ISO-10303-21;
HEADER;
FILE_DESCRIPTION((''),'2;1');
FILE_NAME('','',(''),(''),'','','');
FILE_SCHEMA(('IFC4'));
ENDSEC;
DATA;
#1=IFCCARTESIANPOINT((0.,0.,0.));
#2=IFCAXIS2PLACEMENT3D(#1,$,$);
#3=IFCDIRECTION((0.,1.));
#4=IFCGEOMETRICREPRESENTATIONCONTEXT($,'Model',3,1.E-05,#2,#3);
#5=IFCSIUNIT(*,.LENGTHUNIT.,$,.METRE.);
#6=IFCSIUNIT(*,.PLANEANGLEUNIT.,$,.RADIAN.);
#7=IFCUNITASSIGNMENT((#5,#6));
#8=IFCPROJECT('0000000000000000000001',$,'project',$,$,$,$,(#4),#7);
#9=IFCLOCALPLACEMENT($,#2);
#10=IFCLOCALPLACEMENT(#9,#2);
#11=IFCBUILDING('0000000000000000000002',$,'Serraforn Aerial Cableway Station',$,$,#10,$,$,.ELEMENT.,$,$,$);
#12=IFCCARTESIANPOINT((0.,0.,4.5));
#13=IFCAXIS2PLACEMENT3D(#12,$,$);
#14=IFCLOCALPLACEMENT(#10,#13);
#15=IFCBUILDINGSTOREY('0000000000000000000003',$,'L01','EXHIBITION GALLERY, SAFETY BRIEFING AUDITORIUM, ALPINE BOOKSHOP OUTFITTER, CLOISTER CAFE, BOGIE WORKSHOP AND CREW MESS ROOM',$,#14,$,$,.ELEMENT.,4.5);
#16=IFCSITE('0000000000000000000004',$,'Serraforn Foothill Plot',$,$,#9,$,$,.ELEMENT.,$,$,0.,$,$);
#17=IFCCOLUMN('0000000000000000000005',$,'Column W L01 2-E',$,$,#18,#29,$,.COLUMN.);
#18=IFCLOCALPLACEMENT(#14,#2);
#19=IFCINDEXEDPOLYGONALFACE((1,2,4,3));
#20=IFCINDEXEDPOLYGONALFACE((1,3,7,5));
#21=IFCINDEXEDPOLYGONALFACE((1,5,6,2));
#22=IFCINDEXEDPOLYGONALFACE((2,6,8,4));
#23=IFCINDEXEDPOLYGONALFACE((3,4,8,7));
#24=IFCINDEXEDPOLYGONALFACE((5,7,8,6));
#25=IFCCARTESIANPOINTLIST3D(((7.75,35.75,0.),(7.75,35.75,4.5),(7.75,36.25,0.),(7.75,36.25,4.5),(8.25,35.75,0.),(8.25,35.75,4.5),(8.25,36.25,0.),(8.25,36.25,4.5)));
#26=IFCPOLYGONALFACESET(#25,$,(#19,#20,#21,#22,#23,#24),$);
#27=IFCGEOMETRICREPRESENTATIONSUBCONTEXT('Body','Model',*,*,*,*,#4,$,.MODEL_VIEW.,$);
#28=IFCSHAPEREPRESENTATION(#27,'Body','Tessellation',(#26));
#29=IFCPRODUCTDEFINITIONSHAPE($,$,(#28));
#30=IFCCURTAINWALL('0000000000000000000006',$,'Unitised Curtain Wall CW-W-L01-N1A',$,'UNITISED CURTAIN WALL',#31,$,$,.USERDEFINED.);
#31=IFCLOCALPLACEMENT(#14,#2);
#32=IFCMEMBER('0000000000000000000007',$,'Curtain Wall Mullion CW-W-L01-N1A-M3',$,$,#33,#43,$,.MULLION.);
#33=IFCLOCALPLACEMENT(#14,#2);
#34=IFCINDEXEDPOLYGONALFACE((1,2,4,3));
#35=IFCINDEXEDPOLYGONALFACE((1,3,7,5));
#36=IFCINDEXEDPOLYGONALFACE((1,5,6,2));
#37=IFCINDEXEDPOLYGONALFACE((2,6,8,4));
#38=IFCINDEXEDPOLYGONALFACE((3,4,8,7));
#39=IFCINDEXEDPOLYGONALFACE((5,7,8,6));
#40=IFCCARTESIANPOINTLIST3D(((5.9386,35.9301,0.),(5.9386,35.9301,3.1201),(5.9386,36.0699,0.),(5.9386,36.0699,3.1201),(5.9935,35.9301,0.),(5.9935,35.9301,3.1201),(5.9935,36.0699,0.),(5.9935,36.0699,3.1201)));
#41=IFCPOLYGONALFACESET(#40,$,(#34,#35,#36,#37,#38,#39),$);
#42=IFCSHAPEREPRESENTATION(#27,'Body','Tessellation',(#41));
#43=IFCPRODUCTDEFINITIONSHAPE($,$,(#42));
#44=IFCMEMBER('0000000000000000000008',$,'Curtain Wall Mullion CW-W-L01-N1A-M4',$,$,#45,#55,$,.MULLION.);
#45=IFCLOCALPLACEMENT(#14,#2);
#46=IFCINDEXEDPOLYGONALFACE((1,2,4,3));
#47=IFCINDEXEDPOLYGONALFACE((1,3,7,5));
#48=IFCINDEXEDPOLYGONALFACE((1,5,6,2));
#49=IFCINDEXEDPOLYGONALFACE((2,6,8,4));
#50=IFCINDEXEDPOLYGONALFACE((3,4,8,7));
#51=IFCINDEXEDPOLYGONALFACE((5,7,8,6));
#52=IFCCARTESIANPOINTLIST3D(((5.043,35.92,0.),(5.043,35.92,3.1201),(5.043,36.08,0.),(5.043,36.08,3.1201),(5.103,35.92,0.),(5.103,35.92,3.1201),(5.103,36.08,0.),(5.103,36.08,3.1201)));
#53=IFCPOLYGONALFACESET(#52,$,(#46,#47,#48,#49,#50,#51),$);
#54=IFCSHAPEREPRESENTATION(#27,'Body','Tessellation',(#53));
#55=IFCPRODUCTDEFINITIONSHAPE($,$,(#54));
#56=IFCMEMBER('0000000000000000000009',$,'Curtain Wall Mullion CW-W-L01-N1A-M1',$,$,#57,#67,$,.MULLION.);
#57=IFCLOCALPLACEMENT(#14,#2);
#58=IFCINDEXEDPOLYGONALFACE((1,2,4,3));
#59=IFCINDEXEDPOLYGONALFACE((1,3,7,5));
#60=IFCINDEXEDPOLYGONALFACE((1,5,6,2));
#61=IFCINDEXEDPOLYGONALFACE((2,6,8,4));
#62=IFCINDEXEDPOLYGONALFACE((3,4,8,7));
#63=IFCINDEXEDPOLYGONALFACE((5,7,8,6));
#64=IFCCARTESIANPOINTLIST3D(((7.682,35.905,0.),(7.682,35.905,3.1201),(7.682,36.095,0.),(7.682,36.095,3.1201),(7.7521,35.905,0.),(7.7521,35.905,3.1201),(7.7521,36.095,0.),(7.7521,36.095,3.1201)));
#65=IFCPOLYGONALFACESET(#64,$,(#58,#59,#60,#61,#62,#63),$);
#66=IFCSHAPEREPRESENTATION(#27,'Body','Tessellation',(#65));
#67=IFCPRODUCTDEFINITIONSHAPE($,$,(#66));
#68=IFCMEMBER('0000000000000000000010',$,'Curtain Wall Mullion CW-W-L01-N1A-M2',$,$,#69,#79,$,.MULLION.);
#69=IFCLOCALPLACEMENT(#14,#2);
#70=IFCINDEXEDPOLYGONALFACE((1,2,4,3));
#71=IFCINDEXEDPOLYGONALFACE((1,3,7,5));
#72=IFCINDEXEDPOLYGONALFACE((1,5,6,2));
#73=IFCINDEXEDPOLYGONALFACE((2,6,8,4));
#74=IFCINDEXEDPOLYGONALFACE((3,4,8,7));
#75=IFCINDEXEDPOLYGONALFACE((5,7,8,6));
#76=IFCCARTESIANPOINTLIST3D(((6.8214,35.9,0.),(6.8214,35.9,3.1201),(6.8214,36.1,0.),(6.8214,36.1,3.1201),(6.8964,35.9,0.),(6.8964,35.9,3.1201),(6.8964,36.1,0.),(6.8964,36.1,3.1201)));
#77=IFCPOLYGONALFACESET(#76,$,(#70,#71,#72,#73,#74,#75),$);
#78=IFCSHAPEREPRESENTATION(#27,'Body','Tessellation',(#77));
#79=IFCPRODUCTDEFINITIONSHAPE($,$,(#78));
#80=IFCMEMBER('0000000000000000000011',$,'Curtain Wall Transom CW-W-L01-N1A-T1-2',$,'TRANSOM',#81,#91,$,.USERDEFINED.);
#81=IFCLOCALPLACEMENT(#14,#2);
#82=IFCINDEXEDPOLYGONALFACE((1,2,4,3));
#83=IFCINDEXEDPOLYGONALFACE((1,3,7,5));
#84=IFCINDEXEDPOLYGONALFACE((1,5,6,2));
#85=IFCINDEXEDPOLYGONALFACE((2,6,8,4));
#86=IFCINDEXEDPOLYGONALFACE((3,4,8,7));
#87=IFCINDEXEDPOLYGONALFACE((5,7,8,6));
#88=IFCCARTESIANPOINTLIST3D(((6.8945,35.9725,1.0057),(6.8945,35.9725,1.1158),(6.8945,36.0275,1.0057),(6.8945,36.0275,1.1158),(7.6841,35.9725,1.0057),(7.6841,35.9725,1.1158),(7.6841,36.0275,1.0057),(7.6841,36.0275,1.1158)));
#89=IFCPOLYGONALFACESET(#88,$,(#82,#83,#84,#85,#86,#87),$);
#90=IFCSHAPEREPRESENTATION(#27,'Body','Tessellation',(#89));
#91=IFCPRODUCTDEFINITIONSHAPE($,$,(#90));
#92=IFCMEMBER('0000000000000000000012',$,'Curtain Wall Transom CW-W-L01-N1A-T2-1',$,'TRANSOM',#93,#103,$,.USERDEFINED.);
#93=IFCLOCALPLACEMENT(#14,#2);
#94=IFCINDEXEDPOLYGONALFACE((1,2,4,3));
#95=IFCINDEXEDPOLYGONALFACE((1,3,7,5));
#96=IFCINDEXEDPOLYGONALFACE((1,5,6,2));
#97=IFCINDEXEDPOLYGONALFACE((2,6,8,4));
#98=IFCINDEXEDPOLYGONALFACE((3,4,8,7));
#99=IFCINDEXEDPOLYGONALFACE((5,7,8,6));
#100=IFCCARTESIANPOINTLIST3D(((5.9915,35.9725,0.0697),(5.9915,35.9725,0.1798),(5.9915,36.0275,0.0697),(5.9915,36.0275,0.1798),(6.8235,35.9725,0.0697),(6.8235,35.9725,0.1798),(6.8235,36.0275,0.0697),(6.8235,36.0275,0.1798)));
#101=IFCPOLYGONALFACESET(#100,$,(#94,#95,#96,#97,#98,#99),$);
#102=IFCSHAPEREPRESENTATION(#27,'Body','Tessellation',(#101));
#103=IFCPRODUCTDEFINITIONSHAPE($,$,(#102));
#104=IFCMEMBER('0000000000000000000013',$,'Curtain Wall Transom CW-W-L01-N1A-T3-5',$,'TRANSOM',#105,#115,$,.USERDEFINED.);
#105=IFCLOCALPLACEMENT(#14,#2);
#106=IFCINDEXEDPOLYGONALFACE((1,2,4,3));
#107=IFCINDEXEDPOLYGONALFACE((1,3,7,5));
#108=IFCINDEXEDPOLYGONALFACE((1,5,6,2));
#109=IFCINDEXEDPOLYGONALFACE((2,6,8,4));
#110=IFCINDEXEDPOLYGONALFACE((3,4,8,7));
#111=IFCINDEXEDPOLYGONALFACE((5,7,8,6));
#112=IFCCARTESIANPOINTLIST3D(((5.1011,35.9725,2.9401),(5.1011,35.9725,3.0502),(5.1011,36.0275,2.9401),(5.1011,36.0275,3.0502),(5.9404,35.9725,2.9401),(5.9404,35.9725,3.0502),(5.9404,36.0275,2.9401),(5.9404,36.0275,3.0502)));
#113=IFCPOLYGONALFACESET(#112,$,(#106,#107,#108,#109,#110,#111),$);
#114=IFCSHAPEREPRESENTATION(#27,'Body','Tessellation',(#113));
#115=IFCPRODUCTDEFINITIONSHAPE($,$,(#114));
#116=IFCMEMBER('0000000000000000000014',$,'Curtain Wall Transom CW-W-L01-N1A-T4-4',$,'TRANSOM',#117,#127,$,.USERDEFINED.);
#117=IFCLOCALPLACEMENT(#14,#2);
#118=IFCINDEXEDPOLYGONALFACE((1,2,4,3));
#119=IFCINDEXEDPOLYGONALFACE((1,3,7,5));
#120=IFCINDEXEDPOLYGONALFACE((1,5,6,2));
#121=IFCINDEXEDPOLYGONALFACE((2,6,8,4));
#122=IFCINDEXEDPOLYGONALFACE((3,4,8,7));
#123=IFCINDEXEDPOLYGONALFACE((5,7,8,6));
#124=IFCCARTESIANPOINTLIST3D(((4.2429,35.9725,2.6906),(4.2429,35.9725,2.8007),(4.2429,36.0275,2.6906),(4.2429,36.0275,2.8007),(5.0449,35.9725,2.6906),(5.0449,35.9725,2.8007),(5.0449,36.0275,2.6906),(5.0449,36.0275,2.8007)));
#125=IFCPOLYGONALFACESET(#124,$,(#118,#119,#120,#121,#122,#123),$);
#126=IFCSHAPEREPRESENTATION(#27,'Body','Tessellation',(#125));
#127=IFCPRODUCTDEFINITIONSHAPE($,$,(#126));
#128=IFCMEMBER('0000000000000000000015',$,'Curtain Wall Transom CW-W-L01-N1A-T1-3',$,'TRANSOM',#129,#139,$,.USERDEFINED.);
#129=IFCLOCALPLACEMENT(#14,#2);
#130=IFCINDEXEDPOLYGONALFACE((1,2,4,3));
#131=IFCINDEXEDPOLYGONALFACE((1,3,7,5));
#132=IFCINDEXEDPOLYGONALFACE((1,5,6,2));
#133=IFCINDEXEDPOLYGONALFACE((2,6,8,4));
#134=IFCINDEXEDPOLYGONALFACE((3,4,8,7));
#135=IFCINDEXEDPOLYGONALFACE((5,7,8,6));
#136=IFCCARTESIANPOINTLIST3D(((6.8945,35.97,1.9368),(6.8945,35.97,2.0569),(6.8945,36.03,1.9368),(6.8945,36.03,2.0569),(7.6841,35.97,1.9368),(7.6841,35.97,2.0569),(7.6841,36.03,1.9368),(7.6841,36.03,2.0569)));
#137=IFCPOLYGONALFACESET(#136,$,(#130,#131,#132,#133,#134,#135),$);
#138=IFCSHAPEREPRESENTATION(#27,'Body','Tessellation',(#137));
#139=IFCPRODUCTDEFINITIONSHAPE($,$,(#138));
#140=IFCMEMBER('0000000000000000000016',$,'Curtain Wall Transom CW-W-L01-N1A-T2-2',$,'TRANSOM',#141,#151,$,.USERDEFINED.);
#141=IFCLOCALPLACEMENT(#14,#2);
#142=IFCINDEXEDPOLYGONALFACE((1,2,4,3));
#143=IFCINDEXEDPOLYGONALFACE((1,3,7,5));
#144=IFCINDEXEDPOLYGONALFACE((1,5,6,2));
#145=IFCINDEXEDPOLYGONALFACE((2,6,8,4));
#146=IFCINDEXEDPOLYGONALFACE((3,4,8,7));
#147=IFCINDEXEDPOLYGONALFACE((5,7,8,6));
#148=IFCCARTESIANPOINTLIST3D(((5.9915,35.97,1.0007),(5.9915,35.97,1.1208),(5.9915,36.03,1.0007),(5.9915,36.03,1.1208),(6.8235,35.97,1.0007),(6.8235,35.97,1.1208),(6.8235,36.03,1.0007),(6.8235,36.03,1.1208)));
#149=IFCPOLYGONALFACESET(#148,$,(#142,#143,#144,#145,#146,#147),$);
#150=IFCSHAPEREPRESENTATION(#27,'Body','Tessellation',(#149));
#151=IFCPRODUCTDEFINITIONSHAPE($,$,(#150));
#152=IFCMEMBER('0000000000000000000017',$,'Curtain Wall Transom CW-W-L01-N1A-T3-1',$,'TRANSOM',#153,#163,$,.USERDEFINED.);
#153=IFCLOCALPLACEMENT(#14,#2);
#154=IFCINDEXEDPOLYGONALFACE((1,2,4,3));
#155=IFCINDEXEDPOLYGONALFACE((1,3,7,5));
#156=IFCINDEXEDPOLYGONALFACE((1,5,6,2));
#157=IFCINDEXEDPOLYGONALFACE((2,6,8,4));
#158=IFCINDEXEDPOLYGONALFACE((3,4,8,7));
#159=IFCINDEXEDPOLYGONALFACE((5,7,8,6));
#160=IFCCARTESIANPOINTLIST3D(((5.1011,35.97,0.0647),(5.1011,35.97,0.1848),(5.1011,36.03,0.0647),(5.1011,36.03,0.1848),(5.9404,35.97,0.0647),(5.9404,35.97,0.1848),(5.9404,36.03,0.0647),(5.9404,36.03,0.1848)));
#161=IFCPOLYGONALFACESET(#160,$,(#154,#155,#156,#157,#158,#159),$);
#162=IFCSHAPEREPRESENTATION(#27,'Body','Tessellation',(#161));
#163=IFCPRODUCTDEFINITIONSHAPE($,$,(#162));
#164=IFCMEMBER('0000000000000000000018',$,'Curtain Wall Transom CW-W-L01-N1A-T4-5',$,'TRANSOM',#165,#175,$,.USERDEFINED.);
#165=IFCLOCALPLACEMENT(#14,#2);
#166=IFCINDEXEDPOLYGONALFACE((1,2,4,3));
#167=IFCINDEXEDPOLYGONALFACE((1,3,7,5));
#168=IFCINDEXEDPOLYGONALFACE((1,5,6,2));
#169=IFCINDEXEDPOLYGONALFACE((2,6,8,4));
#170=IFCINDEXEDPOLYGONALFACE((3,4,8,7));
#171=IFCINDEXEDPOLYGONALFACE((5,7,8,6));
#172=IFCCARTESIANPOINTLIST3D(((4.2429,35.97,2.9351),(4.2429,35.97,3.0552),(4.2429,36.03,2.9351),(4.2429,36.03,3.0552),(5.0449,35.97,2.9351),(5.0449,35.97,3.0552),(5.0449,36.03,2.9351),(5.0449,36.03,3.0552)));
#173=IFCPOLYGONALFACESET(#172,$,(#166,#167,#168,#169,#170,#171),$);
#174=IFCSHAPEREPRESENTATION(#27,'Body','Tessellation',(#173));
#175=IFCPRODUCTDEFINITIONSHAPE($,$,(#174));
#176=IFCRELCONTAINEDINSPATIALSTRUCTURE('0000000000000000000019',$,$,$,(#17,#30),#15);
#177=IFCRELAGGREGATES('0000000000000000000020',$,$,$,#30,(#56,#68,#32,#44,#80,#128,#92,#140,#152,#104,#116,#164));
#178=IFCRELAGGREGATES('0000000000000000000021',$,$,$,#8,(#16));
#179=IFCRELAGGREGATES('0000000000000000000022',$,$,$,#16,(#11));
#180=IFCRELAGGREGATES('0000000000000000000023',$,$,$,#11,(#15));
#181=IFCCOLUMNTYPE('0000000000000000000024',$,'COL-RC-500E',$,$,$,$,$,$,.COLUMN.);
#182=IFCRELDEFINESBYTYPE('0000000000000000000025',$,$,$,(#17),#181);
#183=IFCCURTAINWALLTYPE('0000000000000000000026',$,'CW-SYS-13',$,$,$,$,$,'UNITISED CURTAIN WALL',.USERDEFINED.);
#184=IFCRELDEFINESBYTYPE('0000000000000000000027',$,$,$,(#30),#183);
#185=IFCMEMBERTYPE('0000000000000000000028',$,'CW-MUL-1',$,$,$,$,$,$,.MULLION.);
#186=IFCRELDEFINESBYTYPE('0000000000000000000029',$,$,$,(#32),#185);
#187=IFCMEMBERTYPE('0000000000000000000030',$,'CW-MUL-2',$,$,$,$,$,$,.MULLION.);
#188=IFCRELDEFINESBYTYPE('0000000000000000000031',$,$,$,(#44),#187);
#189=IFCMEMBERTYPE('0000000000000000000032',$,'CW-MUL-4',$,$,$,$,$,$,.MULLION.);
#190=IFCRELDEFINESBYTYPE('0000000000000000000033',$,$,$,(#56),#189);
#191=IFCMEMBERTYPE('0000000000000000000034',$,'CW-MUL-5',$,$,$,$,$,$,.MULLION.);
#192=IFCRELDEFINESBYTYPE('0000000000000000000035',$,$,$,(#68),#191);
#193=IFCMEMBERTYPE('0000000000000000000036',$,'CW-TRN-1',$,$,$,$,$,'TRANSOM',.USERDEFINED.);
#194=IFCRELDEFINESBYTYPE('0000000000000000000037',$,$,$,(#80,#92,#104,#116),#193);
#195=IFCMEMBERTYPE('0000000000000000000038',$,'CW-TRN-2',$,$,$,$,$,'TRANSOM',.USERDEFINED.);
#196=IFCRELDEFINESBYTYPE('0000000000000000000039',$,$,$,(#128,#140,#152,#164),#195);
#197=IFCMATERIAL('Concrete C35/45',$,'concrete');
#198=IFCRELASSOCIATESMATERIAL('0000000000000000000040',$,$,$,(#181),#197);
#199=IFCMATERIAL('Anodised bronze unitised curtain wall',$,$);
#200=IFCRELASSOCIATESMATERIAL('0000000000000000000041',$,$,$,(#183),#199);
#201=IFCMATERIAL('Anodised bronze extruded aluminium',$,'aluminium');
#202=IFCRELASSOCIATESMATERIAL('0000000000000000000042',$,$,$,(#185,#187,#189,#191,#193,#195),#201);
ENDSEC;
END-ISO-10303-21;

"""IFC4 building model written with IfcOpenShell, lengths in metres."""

from ifc_helpers import new_model, si_unit, direction, frame, origin, origin_2d, place, context, subcontext, project, spatial, rectangle, extrude, material, material_profile, profile_set, type_object, element, aggregate, save


model = new_model("IFC4")

# Units and contexts
model_context = context("Model", 3, precision=1e-05, world=origin(), true_north=direction((0.0, 1.0)))
body_context = subcontext(model_context, "Body", "Model", "MODEL_VIEW")
ifc_project = project(units=[si_unit("LENGTHUNIT", "METRE"), si_unit("PLANEANGLEUNIT", "RADIAN")], contexts=[model_context])

# Site, building, storey
site_placement = place(None, origin())
site = spatial("IfcSite", under=ifc_project, at=site_placement, Name="Serraforn Foothill Plot", CompositionType="ELEMENT", RefElevation=0.0)
building_placement = place(site_placement, origin())
building = spatial("IfcBuilding", under=site, at=building_placement, Name="Serraforn Aerial Cableway Station", CompositionType="ELEMENT")
storey_placement = place(building_placement, frame((0.0, 0.0, 4.5)))
storey = spatial("IfcBuildingStorey", under=building, at=storey_placement, Name="L01", Description="EXHIBITION GALLERY, SAFETY BRIEFING AUDITORIUM, ALPINE BOOKSHOP OUTFITTER, CLOISTER CAFE, BOGIE WORKSHOP AND CREW MESS ROOM", CompositionType="ELEMENT", Elevation=4.5)

# Column
ifc_material_1 = material(Name="Concrete C35/45", Category="concrete")
ifc_material_profile_1 = material_profile(ifc_material_1, rectangle(XDim=0.5, YDim=0.5, at=origin_2d()), Name="RC 500x500")
ifc_profile_set_1 = profile_set([ifc_material_profile_1], Name="Concrete C35/45")
column_type = type_object("IfcColumnType", Name="COL-RC-500E", PredefinedType="COLUMN", material=ifc_profile_set_1)
column_placement = place(storey_placement, frame((8.0, 36.0, 0.0), z_axis=(0.0, 0.0, 1.0), x_axis=(1.0, 0.0, 0.0)))
element("IfcColumn", 1, at=column_placement, inside=storey, type_object=column_type, Name="Column W L01 2-E", PredefinedType="COLUMN", context=body_context, shape_type="SweptSolid", body=[
    extrude(rectangle(XDim=0.5, YDim=0.5, at=origin_2d()), origin(), (0.0, 0.0, 1.0), 4.5),
])

# Curtain wall, members
ifc_material_2 = material(Name="Anodised bronze unitised curtain wall")
curtain_wall_type = type_object("IfcCurtainWallType", Name="CW-SYS-13", ElementType="UNITISED CURTAIN WALL", PredefinedType="USERDEFINED", material=ifc_material_2)
curtain_wall_placement = place(storey_placement, origin())
curtain_wall = element("IfcCurtainWall", 2, at=curtain_wall_placement, inside=storey, type_object=curtain_wall_type, Name="Unitised Curtain Wall CW-W-L01-N1A", ObjectType="UNITISED CURTAIN WALL", PredefinedType="USERDEFINED")
ifc_material_3 = material(Name="Anodised bronze extruded aluminium", Category="aluminium")
ifc_material_profile_2 = material_profile(ifc_material_3, rectangle(XDim=0.0549, YDim=0.1399, at=origin_2d()), Name="CW MULLION 55x140")
ifc_profile_set_2 = profile_set([ifc_material_profile_2], Name="Anodised bronze extruded aluminium")
member_type_1 = type_object("IfcMemberType", Name="CW-MUL-1", PredefinedType="MULLION", material=ifc_profile_set_2)
member_1_placement = place(storey_placement, frame((5.9661, 36.0, 0.0), z_axis=(0.0, 0.0, 1.0), x_axis=(-1.0, 0.0, 0.0)))
member_1 = element("IfcMember", 3, at=member_1_placement, type_object=member_type_1, Name="Curtain Wall Mullion CW-W-L01-N1A-M3", PredefinedType="MULLION", context=body_context, shape_type="SweptSolid", body=[
    extrude(rectangle(XDim=0.0549, YDim=0.1399, at=origin_2d()), origin(), (0.0, 0.0, 1.0), 3.1201),
])
ifc_material_profile_3 = material_profile(ifc_material_3, rectangle(XDim=0.0601, YDim=0.1599, at=origin_2d()), Name="CW MULLION 60x160")
ifc_profile_set_3 = profile_set([ifc_material_profile_3], Name="Anodised bronze extruded aluminium")
member_type_2 = type_object("IfcMemberType", Name="CW-MUL-2", PredefinedType="MULLION", material=ifc_profile_set_3)
member_2_placement = place(storey_placement, frame((5.073, 36.0, 0.0), z_axis=(0.0, 0.0, 1.0), x_axis=(-1.0, 0.0, 0.0)))
member_2 = element("IfcMember", 4, at=member_2_placement, type_object=member_type_2, Name="Curtain Wall Mullion CW-W-L01-N1A-M4", PredefinedType="MULLION", context=body_context, shape_type="SweptSolid", body=[
    extrude(rectangle(XDim=0.0601, YDim=0.1599, at=origin_2d()), origin(), (0.0, 0.0, 1.0), 3.1201),
])
ifc_material_profile_4 = material_profile(ifc_material_3, rectangle(XDim=0.0701, YDim=0.1899, at=origin_2d()), Name="CW MULLION 70x190")
ifc_profile_set_4 = profile_set([ifc_material_profile_4], Name="Anodised bronze extruded aluminium")
member_type_3 = type_object("IfcMemberType", Name="CW-MUL-4", PredefinedType="MULLION", material=ifc_profile_set_4)
member_3_placement = place(storey_placement, frame((7.717, 36.0, 0.0), z_axis=(0.0, 0.0, 1.0), x_axis=(-1.0, 0.0, 0.0)))
member_3 = element("IfcMember", 5, at=member_3_placement, type_object=member_type_3, Name="Curtain Wall Mullion CW-W-L01-N1A-M1", PredefinedType="MULLION", context=body_context, shape_type="SweptSolid", body=[
    extrude(rectangle(XDim=0.0701, YDim=0.1899, at=origin_2d()), origin(), (0.0, 0.0, 1.0), 3.1201),
])
ifc_material_profile_5 = material_profile(ifc_material_3, rectangle(XDim=0.075, YDim=0.2, at=origin_2d()), Name="CW MULLION 75x200")
ifc_profile_set_5 = profile_set([ifc_material_profile_5], Name="Anodised bronze extruded aluminium")
member_type_4 = type_object("IfcMemberType", Name="CW-MUL-5", PredefinedType="MULLION", material=ifc_profile_set_5)
member_4_placement = place(storey_placement, frame((6.8589, 36.0, 0.0), z_axis=(0.0, 0.0, 1.0), x_axis=(-1.0, 0.0, 0.0)))
member_4 = element("IfcMember", 6, at=member_4_placement, type_object=member_type_4, Name="Curtain Wall Mullion CW-W-L01-N1A-M2", PredefinedType="MULLION", context=body_context, shape_type="SweptSolid", body=[
    extrude(rectangle(XDim=0.075, YDim=0.2, at=origin_2d()), origin(), (0.0, 0.0, 1.0), 3.1201),
])
ifc_material_profile_6 = material_profile(ifc_material_3, rectangle(XDim=0.0549, YDim=0.1101, at=origin_2d()), Name="CW TRANSOM 55x110")
ifc_profile_set_6 = profile_set([ifc_material_profile_6], Name="Anodised bronze extruded aluminium")
member_type_5 = type_object("IfcMemberType", Name="CW-TRN-1", ElementType="TRANSOM", PredefinedType="USERDEFINED", material=ifc_profile_set_6)
member_5_placement = place(storey_placement, frame((7.6841, 36.0, 1.0608), z_axis=(-1.0, 0.0, 0.0), x_axis=(0.0, -1.0, 0.0)))
member_5 = element("IfcMember", 7, at=member_5_placement, type_object=member_type_5, Name="Curtain Wall Transom CW-W-L01-N1A-T1-2", ObjectType="TRANSOM", PredefinedType="USERDEFINED", context=body_context, shape_type="SweptSolid", body=[
    extrude(rectangle(XDim=0.0549, YDim=0.1101, at=origin_2d()), origin(), (0.0, 0.0, 1.0), 0.7896),
])
member_6_placement = place(storey_placement, frame((6.8235, 36.0, 0.1248), z_axis=(-1.0, 0.0, 0.0), x_axis=(0.0, -1.0, 0.0)))
member_6 = element("IfcMember", 8, at=member_6_placement, type_object=member_type_5, Name="Curtain Wall Transom CW-W-L01-N1A-T2-1", ObjectType="TRANSOM", PredefinedType="USERDEFINED", context=body_context, shape_type="SweptSolid", body=[
    extrude(rectangle(XDim=0.0549, YDim=0.1101, at=origin_2d()), origin(), (0.0, 0.0, 1.0), 0.832),
])
member_7_placement = place(storey_placement, frame((5.9404, 36.0, 2.9951), z_axis=(-1.0, 0.0, 0.0), x_axis=(0.0, -1.0, 0.0)))
member_7 = element("IfcMember", 9, at=member_7_placement, type_object=member_type_5, Name="Curtain Wall Transom CW-W-L01-N1A-T3-5", ObjectType="TRANSOM", PredefinedType="USERDEFINED", context=body_context, shape_type="SweptSolid", body=[
    extrude(rectangle(XDim=0.0549, YDim=0.1101, at=origin_2d()), origin(), (0.0, 0.0, 1.0), 0.8394),
])
member_8_placement = place(storey_placement, frame((5.0449, 36.0, 2.7456), z_axis=(-1.0, 0.0, 0.0), x_axis=(0.0, -1.0, 0.0)))
member_8 = element("IfcMember", 10, at=member_8_placement, type_object=member_type_5, Name="Curtain Wall Transom CW-W-L01-N1A-T4-4", ObjectType="TRANSOM", PredefinedType="USERDEFINED", context=body_context, shape_type="SweptSolid", body=[
    extrude(rectangle(XDim=0.0549, YDim=0.1101, at=origin_2d()), origin(), (0.0, 0.0, 1.0), 0.802),
])
ifc_material_profile_7 = material_profile(ifc_material_3, rectangle(XDim=0.0601, YDim=0.1201, at=origin_2d()), Name="CW TRANSOM 60x120")
ifc_profile_set_7 = profile_set([ifc_material_profile_7], Name="Anodised bronze extruded aluminium")
member_type_6 = type_object("IfcMemberType", Name="CW-TRN-2", ElementType="TRANSOM", PredefinedType="USERDEFINED", material=ifc_profile_set_7)
member_9_placement = place(storey_placement, frame((7.6841, 36.0, 1.9968), z_axis=(-1.0, 0.0, 0.0), x_axis=(0.0, -1.0, 0.0)))
member_9 = element("IfcMember", 11, at=member_9_placement, type_object=member_type_6, Name="Curtain Wall Transom CW-W-L01-N1A-T1-3", ObjectType="TRANSOM", PredefinedType="USERDEFINED", context=body_context, shape_type="SweptSolid", body=[
    extrude(rectangle(XDim=0.0601, YDim=0.1201, at=origin_2d()), origin(), (0.0, 0.0, 1.0), 0.7896),
])
member_10_placement = place(storey_placement, frame((6.8235, 36.0, 1.0608), z_axis=(-1.0, 0.0, 0.0), x_axis=(0.0, -1.0, 0.0)))
member_10 = element("IfcMember", 12, at=member_10_placement, type_object=member_type_6, Name="Curtain Wall Transom CW-W-L01-N1A-T2-2", ObjectType="TRANSOM", PredefinedType="USERDEFINED", context=body_context, shape_type="SweptSolid", body=[
    extrude(rectangle(XDim=0.0601, YDim=0.1201, at=origin_2d()), origin(), (0.0, 0.0, 1.0), 0.832),
])
member_11_placement = place(storey_placement, frame((5.9404, 36.0, 0.1248), z_axis=(-1.0, 0.0, 0.0), x_axis=(0.0, -1.0, 0.0)))
member_11 = element("IfcMember", 13, at=member_11_placement, type_object=member_type_6, Name="Curtain Wall Transom CW-W-L01-N1A-T3-1", ObjectType="TRANSOM", PredefinedType="USERDEFINED", context=body_context, shape_type="SweptSolid", body=[
    extrude(rectangle(XDim=0.0601, YDim=0.1201, at=origin_2d()), origin(), (0.0, 0.0, 1.0), 0.8394),
])
member_12_placement = place(storey_placement, frame((5.0449, 36.0, 2.9951), z_axis=(-1.0, 0.0, 0.0), x_axis=(0.0, -1.0, 0.0)))
member_12 = element("IfcMember", 14, at=member_12_placement, type_object=member_type_6, Name="Curtain Wall Transom CW-W-L01-N1A-T4-5", ObjectType="TRANSOM", PredefinedType="USERDEFINED", context=body_context, shape_type="SweptSolid", body=[
    extrude(rectangle(XDim=0.0601, YDim=0.1201, at=origin_2d()), origin(), (0.0, 0.0, 1.0), 0.802),
])
aggregate(curtain_wall, [member_3, member_4, member_1, member_2, member_5, member_9, member_6, member_10, member_11, member_7, member_8, member_12])

save(model, "model.ifc")
